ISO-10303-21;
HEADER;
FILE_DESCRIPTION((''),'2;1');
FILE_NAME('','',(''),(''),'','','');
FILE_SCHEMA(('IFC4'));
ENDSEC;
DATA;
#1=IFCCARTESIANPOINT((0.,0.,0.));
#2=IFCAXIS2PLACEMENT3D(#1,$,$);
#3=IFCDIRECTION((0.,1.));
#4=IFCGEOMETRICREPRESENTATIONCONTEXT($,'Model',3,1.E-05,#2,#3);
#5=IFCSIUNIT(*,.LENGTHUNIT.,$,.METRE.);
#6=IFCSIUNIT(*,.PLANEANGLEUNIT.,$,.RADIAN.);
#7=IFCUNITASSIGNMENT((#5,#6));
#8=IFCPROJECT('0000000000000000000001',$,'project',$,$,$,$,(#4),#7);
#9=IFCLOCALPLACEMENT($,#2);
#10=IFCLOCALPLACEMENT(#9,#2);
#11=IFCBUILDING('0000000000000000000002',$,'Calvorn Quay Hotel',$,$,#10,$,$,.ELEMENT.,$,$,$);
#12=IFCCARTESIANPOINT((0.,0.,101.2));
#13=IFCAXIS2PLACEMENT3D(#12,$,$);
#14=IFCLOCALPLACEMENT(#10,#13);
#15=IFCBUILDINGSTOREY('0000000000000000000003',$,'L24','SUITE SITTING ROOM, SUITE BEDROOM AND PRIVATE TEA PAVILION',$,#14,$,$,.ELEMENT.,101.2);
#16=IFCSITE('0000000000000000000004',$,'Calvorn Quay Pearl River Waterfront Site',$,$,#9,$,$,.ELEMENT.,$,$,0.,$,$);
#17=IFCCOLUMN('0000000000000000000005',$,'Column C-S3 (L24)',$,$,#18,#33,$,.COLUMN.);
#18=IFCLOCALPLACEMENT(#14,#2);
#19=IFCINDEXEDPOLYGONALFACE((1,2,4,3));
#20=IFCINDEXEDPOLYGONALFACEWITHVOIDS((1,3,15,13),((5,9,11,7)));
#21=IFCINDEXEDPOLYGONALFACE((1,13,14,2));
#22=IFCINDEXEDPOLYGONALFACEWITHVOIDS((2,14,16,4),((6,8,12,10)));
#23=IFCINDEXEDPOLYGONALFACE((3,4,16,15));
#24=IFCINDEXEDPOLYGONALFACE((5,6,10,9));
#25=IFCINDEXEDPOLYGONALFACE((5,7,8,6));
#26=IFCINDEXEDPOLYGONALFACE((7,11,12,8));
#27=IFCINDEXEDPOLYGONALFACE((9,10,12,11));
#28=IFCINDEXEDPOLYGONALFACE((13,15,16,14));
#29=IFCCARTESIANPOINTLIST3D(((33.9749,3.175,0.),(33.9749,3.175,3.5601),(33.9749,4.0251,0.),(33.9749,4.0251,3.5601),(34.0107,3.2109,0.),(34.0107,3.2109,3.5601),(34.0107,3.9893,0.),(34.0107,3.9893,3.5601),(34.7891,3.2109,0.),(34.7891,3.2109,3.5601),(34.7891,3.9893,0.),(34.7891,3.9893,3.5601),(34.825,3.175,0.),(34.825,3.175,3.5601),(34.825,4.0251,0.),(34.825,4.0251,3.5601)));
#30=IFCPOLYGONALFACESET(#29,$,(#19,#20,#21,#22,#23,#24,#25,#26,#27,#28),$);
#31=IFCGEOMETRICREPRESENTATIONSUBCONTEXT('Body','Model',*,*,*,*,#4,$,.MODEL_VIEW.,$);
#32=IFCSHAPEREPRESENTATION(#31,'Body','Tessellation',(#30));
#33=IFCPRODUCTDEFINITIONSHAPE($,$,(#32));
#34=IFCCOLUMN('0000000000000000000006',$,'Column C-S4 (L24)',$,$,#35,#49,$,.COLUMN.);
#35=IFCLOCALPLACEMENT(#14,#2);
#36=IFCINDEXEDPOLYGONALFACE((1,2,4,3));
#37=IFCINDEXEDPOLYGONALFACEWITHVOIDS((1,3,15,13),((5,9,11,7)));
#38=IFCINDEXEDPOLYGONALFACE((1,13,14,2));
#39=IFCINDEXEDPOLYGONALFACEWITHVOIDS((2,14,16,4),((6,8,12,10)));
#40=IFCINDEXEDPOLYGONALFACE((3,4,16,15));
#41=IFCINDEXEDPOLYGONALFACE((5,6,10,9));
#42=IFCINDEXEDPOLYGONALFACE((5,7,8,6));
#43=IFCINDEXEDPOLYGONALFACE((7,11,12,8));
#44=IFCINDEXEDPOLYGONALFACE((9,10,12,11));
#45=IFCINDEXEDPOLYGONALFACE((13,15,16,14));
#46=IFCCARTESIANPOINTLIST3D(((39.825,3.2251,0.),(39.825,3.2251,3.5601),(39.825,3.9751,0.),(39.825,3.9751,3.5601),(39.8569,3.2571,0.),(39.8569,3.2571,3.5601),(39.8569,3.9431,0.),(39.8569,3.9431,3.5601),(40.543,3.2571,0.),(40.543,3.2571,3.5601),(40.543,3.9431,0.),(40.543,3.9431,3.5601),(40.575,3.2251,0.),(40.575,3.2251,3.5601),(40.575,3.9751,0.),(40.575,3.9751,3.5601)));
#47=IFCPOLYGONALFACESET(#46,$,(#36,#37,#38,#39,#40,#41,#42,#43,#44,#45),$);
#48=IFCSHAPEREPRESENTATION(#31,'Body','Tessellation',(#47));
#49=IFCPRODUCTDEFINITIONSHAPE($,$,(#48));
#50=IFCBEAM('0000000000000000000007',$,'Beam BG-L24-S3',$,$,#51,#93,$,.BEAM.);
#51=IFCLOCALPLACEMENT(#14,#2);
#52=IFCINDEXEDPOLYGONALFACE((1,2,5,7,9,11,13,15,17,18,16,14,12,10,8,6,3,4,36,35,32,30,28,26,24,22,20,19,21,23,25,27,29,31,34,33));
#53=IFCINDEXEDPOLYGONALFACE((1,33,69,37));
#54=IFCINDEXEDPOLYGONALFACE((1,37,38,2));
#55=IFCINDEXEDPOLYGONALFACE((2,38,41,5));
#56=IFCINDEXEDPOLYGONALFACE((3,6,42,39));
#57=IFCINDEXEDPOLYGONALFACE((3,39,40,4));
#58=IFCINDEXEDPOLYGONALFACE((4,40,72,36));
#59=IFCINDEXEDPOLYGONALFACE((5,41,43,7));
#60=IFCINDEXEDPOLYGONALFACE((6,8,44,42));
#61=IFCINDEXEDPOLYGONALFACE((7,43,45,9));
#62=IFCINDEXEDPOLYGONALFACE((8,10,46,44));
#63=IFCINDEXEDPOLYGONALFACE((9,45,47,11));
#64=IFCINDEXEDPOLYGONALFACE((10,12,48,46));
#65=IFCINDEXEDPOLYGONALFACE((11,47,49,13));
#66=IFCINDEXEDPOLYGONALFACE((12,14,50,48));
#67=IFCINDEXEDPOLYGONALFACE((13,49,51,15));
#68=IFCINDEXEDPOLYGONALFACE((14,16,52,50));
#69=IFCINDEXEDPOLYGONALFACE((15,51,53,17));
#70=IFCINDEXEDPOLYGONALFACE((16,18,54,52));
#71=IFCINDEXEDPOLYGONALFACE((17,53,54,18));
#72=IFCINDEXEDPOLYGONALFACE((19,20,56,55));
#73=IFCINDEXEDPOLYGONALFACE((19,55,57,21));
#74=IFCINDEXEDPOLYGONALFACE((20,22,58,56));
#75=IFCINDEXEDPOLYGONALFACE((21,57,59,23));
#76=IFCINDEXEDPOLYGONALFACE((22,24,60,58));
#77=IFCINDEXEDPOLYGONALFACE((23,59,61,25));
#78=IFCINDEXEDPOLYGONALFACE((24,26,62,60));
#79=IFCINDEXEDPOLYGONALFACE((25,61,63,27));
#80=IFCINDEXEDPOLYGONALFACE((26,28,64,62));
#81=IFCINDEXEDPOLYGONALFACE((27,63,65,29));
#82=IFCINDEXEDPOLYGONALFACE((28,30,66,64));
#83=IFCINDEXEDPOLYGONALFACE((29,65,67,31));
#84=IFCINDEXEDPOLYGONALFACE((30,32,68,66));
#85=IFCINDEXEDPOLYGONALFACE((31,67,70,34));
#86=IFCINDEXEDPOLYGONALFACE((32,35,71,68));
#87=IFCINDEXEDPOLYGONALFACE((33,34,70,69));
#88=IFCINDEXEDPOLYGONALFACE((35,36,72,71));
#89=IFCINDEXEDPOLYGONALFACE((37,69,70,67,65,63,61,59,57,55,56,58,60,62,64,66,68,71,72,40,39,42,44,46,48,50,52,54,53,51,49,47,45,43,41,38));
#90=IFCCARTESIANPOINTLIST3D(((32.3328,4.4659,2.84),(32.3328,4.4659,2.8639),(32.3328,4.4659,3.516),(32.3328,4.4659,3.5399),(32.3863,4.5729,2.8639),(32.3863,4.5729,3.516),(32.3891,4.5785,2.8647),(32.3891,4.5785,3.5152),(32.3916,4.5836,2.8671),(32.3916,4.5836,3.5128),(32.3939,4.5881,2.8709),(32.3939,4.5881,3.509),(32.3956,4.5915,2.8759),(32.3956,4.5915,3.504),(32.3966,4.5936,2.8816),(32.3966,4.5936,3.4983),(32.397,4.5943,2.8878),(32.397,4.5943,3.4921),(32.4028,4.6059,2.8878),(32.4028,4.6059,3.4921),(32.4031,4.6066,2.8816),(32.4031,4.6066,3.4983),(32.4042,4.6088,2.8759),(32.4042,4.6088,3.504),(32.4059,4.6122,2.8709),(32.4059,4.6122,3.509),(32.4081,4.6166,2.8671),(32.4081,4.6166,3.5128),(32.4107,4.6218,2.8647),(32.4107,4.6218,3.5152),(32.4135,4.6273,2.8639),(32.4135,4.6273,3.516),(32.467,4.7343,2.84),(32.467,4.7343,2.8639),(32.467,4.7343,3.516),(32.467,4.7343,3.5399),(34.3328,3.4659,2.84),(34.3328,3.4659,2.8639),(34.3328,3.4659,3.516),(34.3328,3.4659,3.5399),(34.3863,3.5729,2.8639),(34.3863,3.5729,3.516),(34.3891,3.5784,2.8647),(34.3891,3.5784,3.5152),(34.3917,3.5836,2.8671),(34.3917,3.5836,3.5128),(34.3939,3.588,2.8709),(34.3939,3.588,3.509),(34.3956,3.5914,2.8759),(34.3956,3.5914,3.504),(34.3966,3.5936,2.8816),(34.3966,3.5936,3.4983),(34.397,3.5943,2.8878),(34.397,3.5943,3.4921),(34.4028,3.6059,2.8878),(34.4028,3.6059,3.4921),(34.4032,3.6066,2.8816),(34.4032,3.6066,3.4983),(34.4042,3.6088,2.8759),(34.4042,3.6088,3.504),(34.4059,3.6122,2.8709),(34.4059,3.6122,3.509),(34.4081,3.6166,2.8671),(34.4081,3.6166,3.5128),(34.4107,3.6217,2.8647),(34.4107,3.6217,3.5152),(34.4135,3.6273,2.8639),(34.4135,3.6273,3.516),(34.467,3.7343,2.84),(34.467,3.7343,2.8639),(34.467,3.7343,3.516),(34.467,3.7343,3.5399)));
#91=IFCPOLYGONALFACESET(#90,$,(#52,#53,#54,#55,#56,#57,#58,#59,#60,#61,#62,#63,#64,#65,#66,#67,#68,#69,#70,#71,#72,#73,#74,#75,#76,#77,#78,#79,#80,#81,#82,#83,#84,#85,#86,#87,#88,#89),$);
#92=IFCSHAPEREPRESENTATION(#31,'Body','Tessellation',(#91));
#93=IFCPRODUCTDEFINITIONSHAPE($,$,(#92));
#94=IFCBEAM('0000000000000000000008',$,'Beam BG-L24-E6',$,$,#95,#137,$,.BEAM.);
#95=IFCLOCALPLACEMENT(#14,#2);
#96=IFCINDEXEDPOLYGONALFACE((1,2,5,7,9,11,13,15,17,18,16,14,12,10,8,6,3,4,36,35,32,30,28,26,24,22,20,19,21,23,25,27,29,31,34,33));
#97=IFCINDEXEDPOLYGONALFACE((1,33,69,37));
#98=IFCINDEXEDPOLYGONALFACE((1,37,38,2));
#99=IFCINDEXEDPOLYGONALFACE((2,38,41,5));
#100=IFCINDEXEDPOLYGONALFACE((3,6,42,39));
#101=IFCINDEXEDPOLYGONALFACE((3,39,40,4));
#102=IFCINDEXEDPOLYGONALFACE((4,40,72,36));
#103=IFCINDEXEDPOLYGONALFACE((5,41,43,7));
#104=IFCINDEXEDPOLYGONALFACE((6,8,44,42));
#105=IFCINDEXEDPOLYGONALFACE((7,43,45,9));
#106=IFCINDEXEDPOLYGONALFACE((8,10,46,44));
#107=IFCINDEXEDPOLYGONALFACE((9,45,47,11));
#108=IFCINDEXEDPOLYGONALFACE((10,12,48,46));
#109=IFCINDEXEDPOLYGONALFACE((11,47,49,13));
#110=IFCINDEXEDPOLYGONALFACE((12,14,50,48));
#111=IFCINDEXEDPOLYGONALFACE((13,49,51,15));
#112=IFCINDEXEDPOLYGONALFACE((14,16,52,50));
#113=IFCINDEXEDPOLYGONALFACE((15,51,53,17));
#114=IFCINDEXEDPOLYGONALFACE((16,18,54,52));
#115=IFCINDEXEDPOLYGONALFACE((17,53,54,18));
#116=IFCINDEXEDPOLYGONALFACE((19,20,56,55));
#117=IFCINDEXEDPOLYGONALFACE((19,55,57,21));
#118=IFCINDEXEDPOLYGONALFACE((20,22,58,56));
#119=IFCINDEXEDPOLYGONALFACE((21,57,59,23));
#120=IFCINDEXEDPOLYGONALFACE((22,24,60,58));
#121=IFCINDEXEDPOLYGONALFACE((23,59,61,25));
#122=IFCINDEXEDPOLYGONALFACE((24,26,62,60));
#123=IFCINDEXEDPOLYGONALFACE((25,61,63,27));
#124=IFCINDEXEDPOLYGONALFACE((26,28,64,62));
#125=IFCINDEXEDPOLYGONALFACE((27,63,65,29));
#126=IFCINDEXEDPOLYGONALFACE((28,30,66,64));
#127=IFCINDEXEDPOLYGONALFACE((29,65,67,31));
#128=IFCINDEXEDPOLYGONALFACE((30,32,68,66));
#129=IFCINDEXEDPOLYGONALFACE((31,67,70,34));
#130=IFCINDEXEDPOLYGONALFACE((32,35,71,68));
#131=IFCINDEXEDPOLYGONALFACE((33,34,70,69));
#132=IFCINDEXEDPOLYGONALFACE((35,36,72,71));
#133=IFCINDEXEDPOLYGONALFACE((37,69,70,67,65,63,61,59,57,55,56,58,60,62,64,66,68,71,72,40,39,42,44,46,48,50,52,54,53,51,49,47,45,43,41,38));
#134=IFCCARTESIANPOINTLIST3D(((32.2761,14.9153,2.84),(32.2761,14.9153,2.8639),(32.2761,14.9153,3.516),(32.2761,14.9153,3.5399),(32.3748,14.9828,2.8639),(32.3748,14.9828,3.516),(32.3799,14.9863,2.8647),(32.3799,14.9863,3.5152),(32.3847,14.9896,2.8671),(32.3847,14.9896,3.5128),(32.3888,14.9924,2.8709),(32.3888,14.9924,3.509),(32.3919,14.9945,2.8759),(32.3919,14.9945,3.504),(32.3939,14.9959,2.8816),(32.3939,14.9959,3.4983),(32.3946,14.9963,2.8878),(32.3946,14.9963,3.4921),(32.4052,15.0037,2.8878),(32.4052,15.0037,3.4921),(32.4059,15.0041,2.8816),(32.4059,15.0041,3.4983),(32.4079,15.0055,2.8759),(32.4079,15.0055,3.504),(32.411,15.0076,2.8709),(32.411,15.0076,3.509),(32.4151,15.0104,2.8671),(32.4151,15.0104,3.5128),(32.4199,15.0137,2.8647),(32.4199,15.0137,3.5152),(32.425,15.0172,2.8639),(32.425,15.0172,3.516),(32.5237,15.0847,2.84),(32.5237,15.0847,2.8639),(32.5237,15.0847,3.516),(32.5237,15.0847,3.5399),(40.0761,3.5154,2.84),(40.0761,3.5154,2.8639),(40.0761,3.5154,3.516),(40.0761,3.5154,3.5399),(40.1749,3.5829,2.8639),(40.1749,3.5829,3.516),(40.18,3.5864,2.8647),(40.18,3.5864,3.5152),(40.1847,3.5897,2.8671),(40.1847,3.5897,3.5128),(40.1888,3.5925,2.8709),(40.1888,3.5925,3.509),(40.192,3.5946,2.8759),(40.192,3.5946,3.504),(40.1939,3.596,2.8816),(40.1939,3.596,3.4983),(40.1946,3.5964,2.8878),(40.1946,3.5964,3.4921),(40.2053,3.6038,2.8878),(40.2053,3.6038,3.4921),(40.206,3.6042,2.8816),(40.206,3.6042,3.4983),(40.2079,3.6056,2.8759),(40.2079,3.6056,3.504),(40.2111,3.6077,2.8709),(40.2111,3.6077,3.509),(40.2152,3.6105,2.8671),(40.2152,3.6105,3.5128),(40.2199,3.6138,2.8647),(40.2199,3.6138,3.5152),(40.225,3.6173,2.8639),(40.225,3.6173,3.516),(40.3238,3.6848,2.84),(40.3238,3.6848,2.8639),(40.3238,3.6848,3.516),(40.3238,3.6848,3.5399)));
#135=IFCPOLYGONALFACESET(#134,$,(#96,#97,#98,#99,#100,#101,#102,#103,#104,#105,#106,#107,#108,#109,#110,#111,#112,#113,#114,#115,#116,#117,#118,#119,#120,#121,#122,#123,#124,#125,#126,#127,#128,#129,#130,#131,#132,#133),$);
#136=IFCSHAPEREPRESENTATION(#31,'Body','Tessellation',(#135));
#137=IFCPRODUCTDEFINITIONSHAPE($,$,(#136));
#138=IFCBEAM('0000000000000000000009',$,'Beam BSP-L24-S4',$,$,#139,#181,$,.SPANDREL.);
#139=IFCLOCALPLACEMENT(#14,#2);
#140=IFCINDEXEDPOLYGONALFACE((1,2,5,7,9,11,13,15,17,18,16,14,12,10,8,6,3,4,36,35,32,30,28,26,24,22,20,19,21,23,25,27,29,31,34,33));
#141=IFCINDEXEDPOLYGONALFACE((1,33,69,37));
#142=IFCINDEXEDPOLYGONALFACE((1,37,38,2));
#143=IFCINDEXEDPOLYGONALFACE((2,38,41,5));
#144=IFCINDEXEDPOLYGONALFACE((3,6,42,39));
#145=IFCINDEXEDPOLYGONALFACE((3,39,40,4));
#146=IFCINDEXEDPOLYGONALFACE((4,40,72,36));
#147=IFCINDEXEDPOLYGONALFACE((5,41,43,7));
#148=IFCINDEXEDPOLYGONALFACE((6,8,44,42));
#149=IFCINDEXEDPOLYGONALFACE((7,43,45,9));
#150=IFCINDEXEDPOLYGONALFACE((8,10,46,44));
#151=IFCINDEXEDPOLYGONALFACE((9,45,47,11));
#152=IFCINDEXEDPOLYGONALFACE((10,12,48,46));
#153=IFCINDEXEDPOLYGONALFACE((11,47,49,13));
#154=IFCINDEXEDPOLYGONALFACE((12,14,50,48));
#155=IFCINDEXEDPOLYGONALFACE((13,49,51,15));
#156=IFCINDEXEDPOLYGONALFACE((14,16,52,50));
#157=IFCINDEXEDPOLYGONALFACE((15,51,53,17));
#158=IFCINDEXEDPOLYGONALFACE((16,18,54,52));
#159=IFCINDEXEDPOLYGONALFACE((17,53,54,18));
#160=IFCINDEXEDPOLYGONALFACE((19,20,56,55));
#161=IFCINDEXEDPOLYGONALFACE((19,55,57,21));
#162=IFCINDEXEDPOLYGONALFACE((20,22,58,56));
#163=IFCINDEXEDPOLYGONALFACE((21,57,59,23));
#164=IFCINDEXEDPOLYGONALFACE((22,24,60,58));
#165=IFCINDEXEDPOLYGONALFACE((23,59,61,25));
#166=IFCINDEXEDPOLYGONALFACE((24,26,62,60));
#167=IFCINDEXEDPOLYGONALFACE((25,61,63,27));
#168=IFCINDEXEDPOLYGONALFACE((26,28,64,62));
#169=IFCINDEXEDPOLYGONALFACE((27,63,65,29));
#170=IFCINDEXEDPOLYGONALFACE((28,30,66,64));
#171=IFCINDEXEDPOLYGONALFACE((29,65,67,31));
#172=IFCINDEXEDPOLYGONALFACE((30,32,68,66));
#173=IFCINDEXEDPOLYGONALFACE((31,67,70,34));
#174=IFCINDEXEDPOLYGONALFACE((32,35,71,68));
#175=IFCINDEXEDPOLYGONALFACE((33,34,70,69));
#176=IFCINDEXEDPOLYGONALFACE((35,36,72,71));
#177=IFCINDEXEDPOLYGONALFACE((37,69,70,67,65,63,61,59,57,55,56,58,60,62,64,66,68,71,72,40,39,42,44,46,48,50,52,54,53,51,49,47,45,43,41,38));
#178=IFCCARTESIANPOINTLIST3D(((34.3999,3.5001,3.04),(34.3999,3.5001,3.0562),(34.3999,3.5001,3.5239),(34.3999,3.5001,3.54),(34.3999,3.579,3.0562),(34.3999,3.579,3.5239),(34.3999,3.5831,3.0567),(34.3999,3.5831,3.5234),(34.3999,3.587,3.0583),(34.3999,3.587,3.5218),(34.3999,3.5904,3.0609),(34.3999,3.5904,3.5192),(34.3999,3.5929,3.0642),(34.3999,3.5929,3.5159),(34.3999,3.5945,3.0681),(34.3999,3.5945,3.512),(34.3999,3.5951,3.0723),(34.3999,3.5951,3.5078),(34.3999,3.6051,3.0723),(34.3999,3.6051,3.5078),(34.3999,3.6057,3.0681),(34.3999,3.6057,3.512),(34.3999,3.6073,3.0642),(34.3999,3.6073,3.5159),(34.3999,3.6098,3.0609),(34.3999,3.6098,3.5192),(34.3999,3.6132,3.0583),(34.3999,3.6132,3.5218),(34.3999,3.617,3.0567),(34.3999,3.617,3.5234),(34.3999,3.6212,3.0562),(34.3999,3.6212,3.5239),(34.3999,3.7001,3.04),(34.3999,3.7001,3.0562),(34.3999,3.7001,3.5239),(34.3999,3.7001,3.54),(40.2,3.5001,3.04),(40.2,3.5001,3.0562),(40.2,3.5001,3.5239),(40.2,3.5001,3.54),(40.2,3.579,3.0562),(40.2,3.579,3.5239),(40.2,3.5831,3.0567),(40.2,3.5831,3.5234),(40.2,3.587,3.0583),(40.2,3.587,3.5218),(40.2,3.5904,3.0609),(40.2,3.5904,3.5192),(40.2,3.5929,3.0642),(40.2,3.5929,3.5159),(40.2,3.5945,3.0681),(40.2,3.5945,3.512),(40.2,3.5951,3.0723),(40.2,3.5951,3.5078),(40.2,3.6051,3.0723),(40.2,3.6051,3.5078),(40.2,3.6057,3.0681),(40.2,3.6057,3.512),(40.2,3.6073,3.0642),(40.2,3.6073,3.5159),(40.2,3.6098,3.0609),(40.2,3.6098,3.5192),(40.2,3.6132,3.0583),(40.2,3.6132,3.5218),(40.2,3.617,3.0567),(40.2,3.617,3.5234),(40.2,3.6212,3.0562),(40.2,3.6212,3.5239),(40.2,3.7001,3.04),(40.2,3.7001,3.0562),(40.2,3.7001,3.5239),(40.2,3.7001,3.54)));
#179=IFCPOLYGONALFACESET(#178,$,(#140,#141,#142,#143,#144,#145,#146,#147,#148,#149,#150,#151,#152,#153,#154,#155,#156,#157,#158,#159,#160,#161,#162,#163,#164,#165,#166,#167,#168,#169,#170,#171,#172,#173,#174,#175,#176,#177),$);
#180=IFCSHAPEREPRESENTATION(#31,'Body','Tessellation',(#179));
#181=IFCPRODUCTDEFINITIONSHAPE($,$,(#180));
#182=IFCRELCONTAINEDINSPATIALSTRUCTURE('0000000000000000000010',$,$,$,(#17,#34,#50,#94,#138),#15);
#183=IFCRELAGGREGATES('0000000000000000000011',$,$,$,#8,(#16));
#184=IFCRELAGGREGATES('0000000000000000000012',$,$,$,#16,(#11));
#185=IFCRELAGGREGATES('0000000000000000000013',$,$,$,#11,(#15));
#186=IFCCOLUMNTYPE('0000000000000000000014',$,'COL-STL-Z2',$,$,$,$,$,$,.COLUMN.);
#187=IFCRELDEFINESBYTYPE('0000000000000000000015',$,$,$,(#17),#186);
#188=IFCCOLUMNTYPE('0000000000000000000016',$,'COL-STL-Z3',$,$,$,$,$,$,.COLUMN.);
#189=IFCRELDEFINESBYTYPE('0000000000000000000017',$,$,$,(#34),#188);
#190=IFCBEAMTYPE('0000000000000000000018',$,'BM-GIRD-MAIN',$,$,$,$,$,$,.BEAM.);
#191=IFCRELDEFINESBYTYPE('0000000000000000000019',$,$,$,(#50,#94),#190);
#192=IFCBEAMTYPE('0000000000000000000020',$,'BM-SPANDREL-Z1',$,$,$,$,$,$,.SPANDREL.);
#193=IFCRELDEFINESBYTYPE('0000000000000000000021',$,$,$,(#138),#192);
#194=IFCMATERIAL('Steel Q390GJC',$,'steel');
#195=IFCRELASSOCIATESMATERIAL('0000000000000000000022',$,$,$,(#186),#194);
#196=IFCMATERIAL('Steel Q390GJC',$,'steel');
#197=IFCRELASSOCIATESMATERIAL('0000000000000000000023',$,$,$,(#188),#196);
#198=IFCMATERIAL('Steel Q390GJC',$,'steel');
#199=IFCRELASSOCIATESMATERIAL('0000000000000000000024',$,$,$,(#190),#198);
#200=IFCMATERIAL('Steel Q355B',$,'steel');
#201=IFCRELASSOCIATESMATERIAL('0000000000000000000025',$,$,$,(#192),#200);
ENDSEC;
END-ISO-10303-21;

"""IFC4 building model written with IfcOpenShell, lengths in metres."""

from ifc_helpers import new_model, si_unit, direction, frame, origin, origin_2d, place, context, subcontext, project, spatial, hollow_rectangle, i_section, extrude, material, material_profile, profile_set, type_object, element, save


model = new_model("IFC4")

# Units and contexts
model_context = context("Model", 3, precision=1e-05, world=origin(), true_north=direction((0.0, 1.0)))
body_context = subcontext(model_context, "Body", "Model", "MODEL_VIEW")
ifc_project = project(units=[si_unit("LENGTHUNIT", "METRE"), si_unit("PLANEANGLEUNIT", "RADIAN")], contexts=[model_context])

# Site, building, storey
site_placement = place(None, origin())
site = spatial("IfcSite", under=ifc_project, at=site_placement, Name="Calvorn Quay Pearl River Waterfront Site", CompositionType="ELEMENT", RefElevation=0.0)
building_placement = place(site_placement, origin())
building = spatial("IfcBuilding", under=site, at=building_placement, Name="Calvorn Quay Hotel", CompositionType="ELEMENT")
storey_placement = place(building_placement, frame((0.0, 0.0, 101.2)))
storey = spatial("IfcBuildingStorey", under=building, at=storey_placement, Name="L24", Description="SUITE SITTING ROOM, SUITE BEDROOM AND PRIVATE TEA PAVILION", CompositionType="ELEMENT", Elevation=101.2)

# Columns
ifc_material_1 = material(Name="Steel Q390GJC", Category="steel")
ifc_material_profile_1 = material_profile(ifc_material_1, hollow_rectangle(XDim=0.8501, YDim=0.8501, WallThickness=0.0359, at=origin_2d()), Name="BOX850x850x36")
ifc_profile_set_1 = profile_set([ifc_material_profile_1], Name="Steel Q390GJC")
column_type_1 = type_object("IfcColumnType", Name="COL-STL-Z2", PredefinedType="COLUMN", material=ifc_profile_set_1)
column_1_placement = place(storey_placement, frame((34.3999, 3.6001, 0.0), z_axis=(0.0, 0.0, 1.0), x_axis=(1.0, 0.0, 0.0)))
element("IfcColumn", 1, at=column_1_placement, inside=storey, type_object=column_type_1, Name="Column C-S3 (L24)", PredefinedType="COLUMN", context=body_context, shape_type="SweptSolid", body=[
    extrude(hollow_rectangle(XDim=0.8501, YDim=0.8501, WallThickness=0.0359, at=origin_2d()), origin(), (0.0, 0.0, 1.0), 3.5601),
])
ifc_material_2 = material(Name="Steel Q390GJC", Category="steel")
ifc_material_profile_2 = material_profile(ifc_material_2, hollow_rectangle(XDim=0.75, YDim=0.75, WallThickness=0.032, at=origin_2d()), Name="BOX750x750x32")
ifc_profile_set_2 = profile_set([ifc_material_profile_2], Name="Steel Q390GJC")
column_type_2 = type_object("IfcColumnType", Name="COL-STL-Z3", PredefinedType="COLUMN", material=ifc_profile_set_2)
column_2_placement = place(storey_placement, frame((40.2, 3.6001, 0.0), z_axis=(0.0, 0.0, 1.0), x_axis=(1.0, 0.0, 0.0)))
element("IfcColumn", 2, at=column_2_placement, inside=storey, type_object=column_type_2, Name="Column C-S4 (L24)", PredefinedType="COLUMN", context=body_context, shape_type="SweptSolid", body=[
    extrude(hollow_rectangle(XDim=0.75, YDim=0.75, WallThickness=0.032, at=origin_2d()), origin(), (0.0, 0.0, 1.0), 3.5601),
])

# Beams
ifc_material_3 = material(Name="Steel Q390GJC", Category="steel")
ifc_material_profile_3 = material_profile(ifc_material_3, i_section(OverallWidth=0.3, OverallDepth=0.7, WebThickness=0.0129, FlangeThickness=0.0239, FilletRadius=0.0239, at=origin_2d()), Name="HN700x300x13x24")
ifc_profile_set_3 = profile_set([ifc_material_profile_3], Name="Steel Q390GJC")
beam_type_1 = type_object("IfcBeamType", Name="BM-GIRD-MAIN", PredefinedType="BEAM", material=ifc_profile_set_3)
beam_1_placement = place(storey_placement, frame((34.3999, 3.6001, 3.1899), z_axis=(-0.894427, 0.447214, 0.0), x_axis=(-0.447214, -0.894427, 0.0)))
element("IfcBeam", 3, at=beam_1_placement, inside=storey, type_object=beam_type_1, Name="Beam BG-L24-S3", PredefinedType="BEAM", context=body_context, shape_type="SweptSolid", body=[
    extrude(i_section(OverallWidth=0.3, OverallDepth=0.7, WebThickness=0.0129, FlangeThickness=0.0239, FilletRadius=0.0239, at=origin_2d()), origin(), (0.0, 0.0, 1.0), 2.2361),
])
beam_2_placement = place(storey_placement, frame((40.2, 3.6001, 3.1899), z_axis=(-0.56469, 0.825303, 0.0), x_axis=(-0.825303, -0.56469, 0.0)))
element("IfcBeam", 4, at=beam_2_placement, inside=storey, type_object=beam_type_1, Name="Beam BG-L24-E6", PredefinedType="BEAM", context=body_context, shape_type="SweptSolid", body=[
    extrude(i_section(OverallWidth=0.3, OverallDepth=0.7, WebThickness=0.0129, FlangeThickness=0.0239, FilletRadius=0.0239, at=origin_2d()), origin(), (0.0, 0.0, 1.0), 13.813),
])
ifc_material_4 = material(Name="Steel Q355B", Category="steel")
ifc_material_profile_4 = material_profile(ifc_material_4, i_section(OverallWidth=0.2, OverallDepth=0.5, WebThickness=0.01, FlangeThickness=0.0161, FilletRadius=0.0161, at=origin_2d()), Name="HN500x200x10x16")
ifc_profile_set_4 = profile_set([ifc_material_profile_4], Name="Steel Q355B")
beam_type_2 = type_object("IfcBeamType", Name="BM-SPANDREL-Z1", PredefinedType="SPANDREL", material=ifc_profile_set_4)
beam_3_placement = place(storey_placement, frame((34.3999, 3.6001, 3.29), z_axis=(1.0, 0.0, 0.0), x_axis=(0.0, 1.0, 0.0)))
element("IfcBeam", 5, at=beam_3_placement, inside=storey, type_object=beam_type_2, Name="Beam BSP-L24-S4", PredefinedType="SPANDREL", context=body_context, shape_type="SweptSolid", body=[
    extrude(i_section(OverallWidth=0.2, OverallDepth=0.5, WebThickness=0.01, FlangeThickness=0.0161, FilletRadius=0.0161, at=origin_2d()), origin(), (0.0, 0.0, 1.0), 5.8),
])

save(model, "model.ifc")
